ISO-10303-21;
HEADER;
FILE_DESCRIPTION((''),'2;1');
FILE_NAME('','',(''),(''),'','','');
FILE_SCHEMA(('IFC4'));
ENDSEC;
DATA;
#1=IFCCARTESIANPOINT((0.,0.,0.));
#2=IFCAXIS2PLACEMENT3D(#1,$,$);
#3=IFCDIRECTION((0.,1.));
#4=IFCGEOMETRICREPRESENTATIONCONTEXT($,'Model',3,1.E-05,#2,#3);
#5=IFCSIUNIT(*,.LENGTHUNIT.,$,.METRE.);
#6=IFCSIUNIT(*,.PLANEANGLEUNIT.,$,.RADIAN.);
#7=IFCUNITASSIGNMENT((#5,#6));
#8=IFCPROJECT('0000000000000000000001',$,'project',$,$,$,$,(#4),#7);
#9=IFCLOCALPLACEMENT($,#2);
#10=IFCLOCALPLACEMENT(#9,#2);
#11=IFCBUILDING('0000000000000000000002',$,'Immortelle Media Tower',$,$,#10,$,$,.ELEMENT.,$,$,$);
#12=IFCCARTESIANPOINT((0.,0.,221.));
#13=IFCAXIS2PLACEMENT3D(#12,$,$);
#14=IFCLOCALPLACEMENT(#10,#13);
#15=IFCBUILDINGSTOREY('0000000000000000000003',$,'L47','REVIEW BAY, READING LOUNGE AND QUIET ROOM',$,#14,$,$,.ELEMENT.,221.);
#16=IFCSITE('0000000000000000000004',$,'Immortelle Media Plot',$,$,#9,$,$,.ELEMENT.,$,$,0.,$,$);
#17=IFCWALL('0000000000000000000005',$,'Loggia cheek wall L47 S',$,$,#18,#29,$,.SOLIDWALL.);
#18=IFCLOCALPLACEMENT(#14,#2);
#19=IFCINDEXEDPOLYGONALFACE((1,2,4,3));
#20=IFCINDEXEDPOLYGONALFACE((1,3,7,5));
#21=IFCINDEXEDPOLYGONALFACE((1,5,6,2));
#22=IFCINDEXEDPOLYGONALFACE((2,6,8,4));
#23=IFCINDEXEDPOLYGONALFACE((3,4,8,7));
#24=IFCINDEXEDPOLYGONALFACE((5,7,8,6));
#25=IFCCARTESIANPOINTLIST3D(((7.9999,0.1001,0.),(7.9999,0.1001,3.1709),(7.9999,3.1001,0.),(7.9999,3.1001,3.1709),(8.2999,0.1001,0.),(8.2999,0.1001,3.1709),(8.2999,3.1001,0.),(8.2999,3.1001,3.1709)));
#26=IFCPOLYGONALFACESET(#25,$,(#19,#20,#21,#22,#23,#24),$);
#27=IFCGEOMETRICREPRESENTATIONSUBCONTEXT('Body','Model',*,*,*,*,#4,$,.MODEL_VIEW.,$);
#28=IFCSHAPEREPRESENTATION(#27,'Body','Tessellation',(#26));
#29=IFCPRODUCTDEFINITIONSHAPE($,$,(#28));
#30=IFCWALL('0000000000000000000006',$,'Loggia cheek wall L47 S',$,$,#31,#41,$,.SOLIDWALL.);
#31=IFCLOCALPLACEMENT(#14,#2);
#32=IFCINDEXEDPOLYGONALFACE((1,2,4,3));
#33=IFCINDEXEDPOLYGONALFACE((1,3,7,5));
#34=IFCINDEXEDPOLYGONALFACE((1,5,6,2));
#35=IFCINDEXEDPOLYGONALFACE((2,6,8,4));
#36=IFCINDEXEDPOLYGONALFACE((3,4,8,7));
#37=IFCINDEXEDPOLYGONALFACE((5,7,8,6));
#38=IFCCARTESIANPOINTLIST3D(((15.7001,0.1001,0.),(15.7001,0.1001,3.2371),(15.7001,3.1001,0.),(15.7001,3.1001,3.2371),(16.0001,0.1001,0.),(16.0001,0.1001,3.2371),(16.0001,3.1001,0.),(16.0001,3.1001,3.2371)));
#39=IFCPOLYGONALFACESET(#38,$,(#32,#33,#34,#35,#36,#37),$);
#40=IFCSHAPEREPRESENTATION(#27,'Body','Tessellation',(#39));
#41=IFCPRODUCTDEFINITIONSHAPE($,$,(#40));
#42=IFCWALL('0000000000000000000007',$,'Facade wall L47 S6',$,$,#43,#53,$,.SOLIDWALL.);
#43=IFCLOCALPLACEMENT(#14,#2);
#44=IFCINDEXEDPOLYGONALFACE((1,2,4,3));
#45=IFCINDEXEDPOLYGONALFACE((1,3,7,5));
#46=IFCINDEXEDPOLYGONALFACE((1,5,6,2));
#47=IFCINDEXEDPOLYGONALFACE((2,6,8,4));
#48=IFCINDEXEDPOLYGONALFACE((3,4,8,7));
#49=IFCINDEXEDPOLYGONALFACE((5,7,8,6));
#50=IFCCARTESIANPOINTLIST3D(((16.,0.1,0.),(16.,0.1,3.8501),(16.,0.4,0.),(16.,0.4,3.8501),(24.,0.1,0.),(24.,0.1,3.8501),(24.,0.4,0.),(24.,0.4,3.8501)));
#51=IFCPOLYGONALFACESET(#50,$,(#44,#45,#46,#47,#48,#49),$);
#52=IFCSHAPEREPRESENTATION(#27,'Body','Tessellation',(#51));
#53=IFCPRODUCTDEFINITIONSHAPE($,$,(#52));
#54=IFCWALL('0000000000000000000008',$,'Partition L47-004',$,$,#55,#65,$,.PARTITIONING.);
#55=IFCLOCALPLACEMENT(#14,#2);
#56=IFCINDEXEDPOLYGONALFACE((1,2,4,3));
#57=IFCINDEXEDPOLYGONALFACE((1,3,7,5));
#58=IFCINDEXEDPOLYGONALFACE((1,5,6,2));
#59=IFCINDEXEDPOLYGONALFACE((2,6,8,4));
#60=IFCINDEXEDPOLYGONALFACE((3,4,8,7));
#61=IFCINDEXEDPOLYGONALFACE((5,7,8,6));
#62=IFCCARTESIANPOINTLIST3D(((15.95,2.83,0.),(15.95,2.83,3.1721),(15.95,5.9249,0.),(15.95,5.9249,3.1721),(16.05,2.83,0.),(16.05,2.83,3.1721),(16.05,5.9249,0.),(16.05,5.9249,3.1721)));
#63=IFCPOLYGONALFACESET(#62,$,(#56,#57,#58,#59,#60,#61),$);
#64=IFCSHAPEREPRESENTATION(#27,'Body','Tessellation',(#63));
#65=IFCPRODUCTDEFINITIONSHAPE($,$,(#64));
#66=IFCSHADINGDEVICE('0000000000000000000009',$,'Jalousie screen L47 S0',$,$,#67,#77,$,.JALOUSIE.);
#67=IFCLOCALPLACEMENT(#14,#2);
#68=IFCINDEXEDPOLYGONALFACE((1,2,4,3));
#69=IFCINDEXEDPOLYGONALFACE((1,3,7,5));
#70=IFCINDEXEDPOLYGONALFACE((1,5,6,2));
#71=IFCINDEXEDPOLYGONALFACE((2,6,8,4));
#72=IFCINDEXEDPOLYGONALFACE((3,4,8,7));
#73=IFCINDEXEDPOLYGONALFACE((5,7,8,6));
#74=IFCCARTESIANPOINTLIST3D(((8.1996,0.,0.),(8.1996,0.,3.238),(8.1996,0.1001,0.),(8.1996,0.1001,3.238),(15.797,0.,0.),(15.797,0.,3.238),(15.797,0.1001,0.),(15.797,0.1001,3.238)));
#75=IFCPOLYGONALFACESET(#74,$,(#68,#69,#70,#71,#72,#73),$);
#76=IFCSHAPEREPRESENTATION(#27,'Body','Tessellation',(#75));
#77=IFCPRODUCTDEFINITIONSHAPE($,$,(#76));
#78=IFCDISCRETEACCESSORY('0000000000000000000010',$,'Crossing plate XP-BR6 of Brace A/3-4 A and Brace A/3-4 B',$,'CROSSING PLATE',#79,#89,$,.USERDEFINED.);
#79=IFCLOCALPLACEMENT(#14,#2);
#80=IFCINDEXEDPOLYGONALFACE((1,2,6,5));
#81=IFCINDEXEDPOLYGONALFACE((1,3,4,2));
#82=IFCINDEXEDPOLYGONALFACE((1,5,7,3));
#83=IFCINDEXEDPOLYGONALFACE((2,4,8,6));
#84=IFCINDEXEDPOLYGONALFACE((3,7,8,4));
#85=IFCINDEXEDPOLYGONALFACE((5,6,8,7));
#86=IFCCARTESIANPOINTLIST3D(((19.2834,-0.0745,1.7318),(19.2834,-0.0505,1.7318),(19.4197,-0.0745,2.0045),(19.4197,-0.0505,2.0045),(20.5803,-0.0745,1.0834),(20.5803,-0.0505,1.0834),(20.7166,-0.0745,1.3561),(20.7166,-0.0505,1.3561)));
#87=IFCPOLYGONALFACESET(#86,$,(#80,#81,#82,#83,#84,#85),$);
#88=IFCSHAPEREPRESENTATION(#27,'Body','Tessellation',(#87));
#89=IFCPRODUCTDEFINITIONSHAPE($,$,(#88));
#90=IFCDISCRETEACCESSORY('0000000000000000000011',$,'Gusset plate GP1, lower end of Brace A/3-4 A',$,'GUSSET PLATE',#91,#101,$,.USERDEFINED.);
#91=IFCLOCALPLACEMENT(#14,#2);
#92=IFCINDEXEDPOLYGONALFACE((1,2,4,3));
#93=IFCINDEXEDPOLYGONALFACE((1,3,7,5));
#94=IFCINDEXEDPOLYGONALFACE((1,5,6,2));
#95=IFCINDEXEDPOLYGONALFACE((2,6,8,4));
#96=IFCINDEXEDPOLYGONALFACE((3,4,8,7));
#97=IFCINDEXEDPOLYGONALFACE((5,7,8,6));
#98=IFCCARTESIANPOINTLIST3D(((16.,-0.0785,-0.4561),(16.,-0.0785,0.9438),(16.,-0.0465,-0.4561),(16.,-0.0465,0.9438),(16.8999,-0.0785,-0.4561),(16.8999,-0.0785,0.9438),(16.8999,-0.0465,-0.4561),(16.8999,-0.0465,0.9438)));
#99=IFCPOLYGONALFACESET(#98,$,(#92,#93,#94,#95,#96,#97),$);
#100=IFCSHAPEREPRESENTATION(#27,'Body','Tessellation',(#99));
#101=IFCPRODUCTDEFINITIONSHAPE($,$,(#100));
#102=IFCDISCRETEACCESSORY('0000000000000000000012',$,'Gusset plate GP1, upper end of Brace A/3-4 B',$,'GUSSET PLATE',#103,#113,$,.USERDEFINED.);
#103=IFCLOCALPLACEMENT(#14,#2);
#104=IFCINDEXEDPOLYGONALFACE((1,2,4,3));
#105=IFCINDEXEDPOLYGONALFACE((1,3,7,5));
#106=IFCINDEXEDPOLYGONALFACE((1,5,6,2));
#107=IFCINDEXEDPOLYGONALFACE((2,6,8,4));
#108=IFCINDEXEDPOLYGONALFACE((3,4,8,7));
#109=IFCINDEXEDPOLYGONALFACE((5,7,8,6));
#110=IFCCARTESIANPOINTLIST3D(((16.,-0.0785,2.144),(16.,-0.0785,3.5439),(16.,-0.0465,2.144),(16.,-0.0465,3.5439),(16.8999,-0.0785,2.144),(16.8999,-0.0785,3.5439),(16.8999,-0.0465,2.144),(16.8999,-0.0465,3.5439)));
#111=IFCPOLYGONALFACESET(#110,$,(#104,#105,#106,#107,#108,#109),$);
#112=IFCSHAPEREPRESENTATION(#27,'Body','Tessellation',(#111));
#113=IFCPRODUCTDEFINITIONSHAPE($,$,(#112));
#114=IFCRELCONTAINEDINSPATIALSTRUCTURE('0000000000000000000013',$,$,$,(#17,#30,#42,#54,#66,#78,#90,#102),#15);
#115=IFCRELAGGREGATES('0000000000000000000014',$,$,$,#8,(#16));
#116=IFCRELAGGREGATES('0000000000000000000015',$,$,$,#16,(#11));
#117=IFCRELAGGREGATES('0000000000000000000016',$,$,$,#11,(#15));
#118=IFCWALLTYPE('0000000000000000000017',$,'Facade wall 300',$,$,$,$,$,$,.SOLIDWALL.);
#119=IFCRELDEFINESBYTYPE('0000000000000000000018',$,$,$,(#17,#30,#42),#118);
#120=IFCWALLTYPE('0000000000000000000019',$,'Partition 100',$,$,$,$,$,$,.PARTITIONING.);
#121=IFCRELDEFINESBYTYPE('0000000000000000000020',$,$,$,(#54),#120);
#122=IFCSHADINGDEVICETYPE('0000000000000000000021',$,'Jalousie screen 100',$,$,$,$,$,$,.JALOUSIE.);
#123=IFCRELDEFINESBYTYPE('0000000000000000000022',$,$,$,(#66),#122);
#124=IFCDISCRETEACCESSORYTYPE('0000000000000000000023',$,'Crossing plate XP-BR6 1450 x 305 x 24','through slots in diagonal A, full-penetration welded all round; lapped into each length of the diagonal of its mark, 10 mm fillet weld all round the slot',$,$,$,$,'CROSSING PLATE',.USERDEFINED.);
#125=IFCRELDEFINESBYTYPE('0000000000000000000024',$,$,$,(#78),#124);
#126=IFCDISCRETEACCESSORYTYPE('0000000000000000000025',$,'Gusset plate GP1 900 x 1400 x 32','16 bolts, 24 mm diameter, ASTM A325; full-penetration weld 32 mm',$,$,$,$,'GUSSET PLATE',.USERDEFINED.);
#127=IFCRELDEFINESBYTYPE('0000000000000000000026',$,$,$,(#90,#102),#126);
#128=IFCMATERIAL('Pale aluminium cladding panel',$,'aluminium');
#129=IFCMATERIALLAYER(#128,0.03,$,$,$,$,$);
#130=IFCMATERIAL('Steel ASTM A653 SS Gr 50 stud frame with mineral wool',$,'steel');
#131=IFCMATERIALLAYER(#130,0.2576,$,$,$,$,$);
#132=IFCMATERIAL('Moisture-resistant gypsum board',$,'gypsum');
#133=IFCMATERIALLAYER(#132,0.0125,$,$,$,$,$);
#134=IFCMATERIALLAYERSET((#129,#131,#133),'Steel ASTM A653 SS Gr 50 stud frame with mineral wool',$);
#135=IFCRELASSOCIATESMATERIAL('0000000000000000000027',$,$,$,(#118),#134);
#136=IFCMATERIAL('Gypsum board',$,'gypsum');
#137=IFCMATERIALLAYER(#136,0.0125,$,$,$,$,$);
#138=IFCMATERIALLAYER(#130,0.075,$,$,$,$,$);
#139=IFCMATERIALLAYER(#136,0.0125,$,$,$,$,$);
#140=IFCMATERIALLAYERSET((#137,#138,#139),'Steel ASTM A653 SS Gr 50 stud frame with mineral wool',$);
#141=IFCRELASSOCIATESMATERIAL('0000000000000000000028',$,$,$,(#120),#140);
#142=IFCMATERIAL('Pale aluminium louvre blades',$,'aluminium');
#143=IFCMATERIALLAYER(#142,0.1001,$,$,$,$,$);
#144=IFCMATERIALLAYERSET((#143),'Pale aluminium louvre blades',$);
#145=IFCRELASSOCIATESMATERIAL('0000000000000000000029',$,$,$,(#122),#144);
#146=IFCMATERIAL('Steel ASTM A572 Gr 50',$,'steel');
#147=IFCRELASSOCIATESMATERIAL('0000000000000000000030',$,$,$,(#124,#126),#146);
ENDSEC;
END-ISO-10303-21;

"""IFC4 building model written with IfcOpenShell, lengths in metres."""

from ifc_helpers import new_model, si_unit, direction, frame, frame_2d, origin, origin_2d, place, context, subcontext, project, spatial, rectangle, extrude, material, layer, layer_set, material_profile, profile_set, type_object, element, save


model = new_model("IFC4")

# Units and contexts
model_context = context("Model", 3, precision=1e-05, world=origin(), true_north=direction((0.0, 1.0)))
body_context = subcontext(model_context, "Body", "Model", "MODEL_VIEW")
ifc_project = project(units=[si_unit("LENGTHUNIT", "METRE"), si_unit("PLANEANGLEUNIT", "RADIAN")], contexts=[model_context])

# Site, building, storey
site_placement = place(None, origin())
site = spatial("IfcSite", under=ifc_project, at=site_placement, Name="Immortelle Media Plot", CompositionType="ELEMENT", RefElevation=0.0)
building_placement = place(site_placement, origin())
building = spatial("IfcBuilding", under=site, at=building_placement, Name="Immortelle Media Tower", CompositionType="ELEMENT")
storey_placement = place(building_placement, frame((0.0, 0.0, 221.0)))
storey = spatial("IfcBuildingStorey", under=building, at=storey_placement, Name="L47", Description="REVIEW BAY, READING LOUNGE AND QUIET ROOM", CompositionType="ELEMENT", Elevation=221.0)

# Shared definitions
ifc_material_1 = material(Name="Pale aluminium cladding panel", Category="aluminium")
ifc_layer_1 = layer(ifc_material_1, 0.03)
ifc_material_2 = material(Name="Steel ASTM A653 SS Gr 50 stud frame with mineral wool", Category="steel")
ifc_layer_2 = layer(ifc_material_2, 0.2576)
ifc_material_3 = material(Name="Moisture-resistant gypsum board", Category="gypsum")
ifc_layer_3 = layer(ifc_material_3, 0.0125)
ifc_layer_set_1 = layer_set([ifc_layer_1, ifc_layer_2, ifc_layer_3], Name="Steel ASTM A653 SS Gr 50 stud frame with mineral wool")
wall_type_1 = type_object("IfcWallType", Name="Facade wall 300", PredefinedType="SOLIDWALL", material=ifc_layer_set_1)

# Walls
wall_1_placement = place(storey_placement, frame((8.1499, 0.1001, 0.0), z_axis=(0.0, 0.0, 1.0), x_axis=(0.0, 1.0, 0.0)))
element("IfcWall", 1, at=wall_1_placement, inside=storey, type_object=wall_type_1, Name="Loggia cheek wall L47 S", PredefinedType="SOLIDWALL", context=body_context, shape_type="SweptSolid", body=[
    extrude(rectangle(XDim=3.0, YDim=0.3, at=frame_2d((1.5, 0.0))), origin(), (0.0, 0.0, 1.0), 3.1709),
])
wall_2_placement = place(storey_placement, frame((15.8501, 0.1001, 0.0), z_axis=(0.0, 0.0, 1.0), x_axis=(0.0, 1.0, 0.0)))
element("IfcWall", 2, at=wall_2_placement, inside=storey, type_object=wall_type_1, Name="Loggia cheek wall L47 S", PredefinedType="SOLIDWALL", context=body_context, shape_type="SweptSolid", body=[
    extrude(rectangle(XDim=3.0, YDim=0.3, at=frame_2d((1.5, 0.0))), origin(), (0.0, 0.0, 1.0), 3.2371),
])
wall_3_placement = place(storey_placement, frame((16.0, 0.25, 0.0), z_axis=(0.0, 0.0, 1.0), x_axis=(1.0, 0.0, 0.0)))
element("IfcWall", 3, at=wall_3_placement, inside=storey, type_object=wall_type_1, Name="Facade wall L47 S6", PredefinedType="SOLIDWALL", context=body_context, shape_type="SweptSolid", body=[
    extrude(rectangle(XDim=8.0, YDim=0.3, at=frame_2d((4.0, 0.0))), origin(), (0.0, 0.0, 1.0), 3.8501),
])
ifc_material_4 = material(Name="Gypsum board", Category="gypsum")
ifc_layer_4 = layer(ifc_material_4, 0.0125)
ifc_layer_5 = layer(ifc_material_2, 0.075)
ifc_layer_6 = layer(ifc_material_4, 0.0125)
ifc_layer_set_2 = layer_set([ifc_layer_4, ifc_layer_5, ifc_layer_6], Name="Steel ASTM A653 SS Gr 50 stud frame with mineral wool")
wall_type_2 = type_object("IfcWallType", Name="Partition 100", PredefinedType="PARTITIONING", material=ifc_layer_set_2)
wall_4_placement = place(storey_placement, frame((16.0, 2.8301, 0.0), z_axis=(0.0, 0.0, 1.0), x_axis=(0.0, 1.0, 0.0)))
element("IfcWall", 4, at=wall_4_placement, inside=storey, type_object=wall_type_2, Name="Partition L47-004", PredefinedType="PARTITIONING", context=body_context, shape_type="SweptSolid", body=[
    extrude(rectangle(XDim=3.095, YDim=0.1001, at=frame_2d((1.5474, 0.0))), origin(), (0.0, 0.0, 1.0), 3.1721),
])

# Shading device
ifc_material_5 = material(Name="Pale aluminium louvre blades", Category="aluminium")
ifc_layer_7 = layer(ifc_material_5, 0.1001)
ifc_layer_set_3 = layer_set([ifc_layer_7], Name="Pale aluminium louvre blades")
shading_device_type = type_object("IfcShadingDeviceType", Name="Jalousie screen 100", PredefinedType="JALOUSIE", material=ifc_layer_set_3)
shading_device_placement = place(storey_placement, frame((11.9983, 0.05, 0.0), z_axis=(0.0, 0.0, 1.0), x_axis=(1.0, 0.0, 0.0)))
element("IfcShadingDevice", 5, at=shading_device_placement, inside=storey, type_object=shading_device_type, Name="Jalousie screen L47 S0", PredefinedType="JALOUSIE", context=body_context, shape_type="SweptSolid", body=[
    extrude(rectangle(XDim=7.5974, YDim=0.1001, at=origin_2d()), origin(), (0.0, 0.0, 1.0), 3.238),
])

# Discrete accessories
ifc_material_6 = material(Name="Steel ASTM A572 Gr 50", Category="steel")
ifc_material_profile_1 = material_profile(ifc_material_6, rectangle(XDim=0.0239, YDim=0.3049, at=origin_2d()), Name="PL 24 x 305")
ifc_profile_set_1 = profile_set([ifc_material_profile_1], Name="Steel ASTM A572 Gr 50")
discrete_accessory_type_1 = type_object("IfcDiscreteAccessoryType", Name="Crossing plate XP-BR6 1450 x 305 x 24", Description="through slots in diagonal A, full-penetration welded all round; lapped into each length of the diagonal of its mark, 10 mm fillet weld all round the slot", ElementType="CROSSING PLATE", PredefinedType="USERDEFINED", material=ifc_profile_set_1)
discrete_accessory_placement = place(storey_placement, frame((19.3516, -0.0625, 1.8682), z_axis=(0.894427, 0.0, -0.447214), x_axis=(0.0, 1.0, 0.0)))
element("IfcDiscreteAccessory", 6, at=discrete_accessory_placement, inside=storey, type_object=discrete_accessory_type_1, Name="Crossing plate XP-BR6 of Brace A/3-4 A and Brace A/3-4 B", ObjectType="CROSSING PLATE", PredefinedType="USERDEFINED", context=body_context, shape_type="SweptSolid", body=[
    extrude(rectangle(XDim=0.0239, YDim=0.3049, at=origin_2d()), origin(), (0.0, 0.0, 1.0), 1.45),
])
ifc_material_profile_2 = material_profile(ifc_material_6, rectangle(XDim=0.032, YDim=1.3999, at=origin_2d()), Name="PL 32 x 1400")
ifc_profile_set_2 = profile_set([ifc_material_profile_2], Name="Steel ASTM A572 Gr 50")
discrete_accessory_type_2 = type_object("IfcDiscreteAccessoryType", Name="Gusset plate GP1 900 x 1400 x 32", Description="16 bolts, 24 mm diameter, ASTM A325; full-penetration weld 32 mm", ElementType="GUSSET PLATE", PredefinedType="USERDEFINED", material=ifc_profile_set_2)
for number, where, z_axis, x_axis, name in (
    (7, (16.0, -0.0625, 0.2439), (1.0, 0.0, 0.0), (0.0, 1.0, 0.0), "Gusset plate GP1, lower end of Brace A/3-4 A"),
    (8, (16.0, -0.0625, 2.844), (1.0, 0.0, 0.0), (0.0, 1.0, 0.0), "Gusset plate GP1, upper end of Brace A/3-4 B"),
):
    element("IfcDiscreteAccessory", number, at=place(storey_placement, frame(where, z_axis=z_axis, x_axis=x_axis)), inside=storey, type_object=discrete_accessory_type_2, Name=name, ObjectType="GUSSET PLATE", PredefinedType="USERDEFINED", context=body_context, shape_type="SweptSolid", body=[
        extrude(rectangle(XDim=0.032, YDim=1.3999, at=origin_2d()), origin(), (0.0, 0.0, 1.0), 0.8999),
    ])

save(model, "model.ifc")
